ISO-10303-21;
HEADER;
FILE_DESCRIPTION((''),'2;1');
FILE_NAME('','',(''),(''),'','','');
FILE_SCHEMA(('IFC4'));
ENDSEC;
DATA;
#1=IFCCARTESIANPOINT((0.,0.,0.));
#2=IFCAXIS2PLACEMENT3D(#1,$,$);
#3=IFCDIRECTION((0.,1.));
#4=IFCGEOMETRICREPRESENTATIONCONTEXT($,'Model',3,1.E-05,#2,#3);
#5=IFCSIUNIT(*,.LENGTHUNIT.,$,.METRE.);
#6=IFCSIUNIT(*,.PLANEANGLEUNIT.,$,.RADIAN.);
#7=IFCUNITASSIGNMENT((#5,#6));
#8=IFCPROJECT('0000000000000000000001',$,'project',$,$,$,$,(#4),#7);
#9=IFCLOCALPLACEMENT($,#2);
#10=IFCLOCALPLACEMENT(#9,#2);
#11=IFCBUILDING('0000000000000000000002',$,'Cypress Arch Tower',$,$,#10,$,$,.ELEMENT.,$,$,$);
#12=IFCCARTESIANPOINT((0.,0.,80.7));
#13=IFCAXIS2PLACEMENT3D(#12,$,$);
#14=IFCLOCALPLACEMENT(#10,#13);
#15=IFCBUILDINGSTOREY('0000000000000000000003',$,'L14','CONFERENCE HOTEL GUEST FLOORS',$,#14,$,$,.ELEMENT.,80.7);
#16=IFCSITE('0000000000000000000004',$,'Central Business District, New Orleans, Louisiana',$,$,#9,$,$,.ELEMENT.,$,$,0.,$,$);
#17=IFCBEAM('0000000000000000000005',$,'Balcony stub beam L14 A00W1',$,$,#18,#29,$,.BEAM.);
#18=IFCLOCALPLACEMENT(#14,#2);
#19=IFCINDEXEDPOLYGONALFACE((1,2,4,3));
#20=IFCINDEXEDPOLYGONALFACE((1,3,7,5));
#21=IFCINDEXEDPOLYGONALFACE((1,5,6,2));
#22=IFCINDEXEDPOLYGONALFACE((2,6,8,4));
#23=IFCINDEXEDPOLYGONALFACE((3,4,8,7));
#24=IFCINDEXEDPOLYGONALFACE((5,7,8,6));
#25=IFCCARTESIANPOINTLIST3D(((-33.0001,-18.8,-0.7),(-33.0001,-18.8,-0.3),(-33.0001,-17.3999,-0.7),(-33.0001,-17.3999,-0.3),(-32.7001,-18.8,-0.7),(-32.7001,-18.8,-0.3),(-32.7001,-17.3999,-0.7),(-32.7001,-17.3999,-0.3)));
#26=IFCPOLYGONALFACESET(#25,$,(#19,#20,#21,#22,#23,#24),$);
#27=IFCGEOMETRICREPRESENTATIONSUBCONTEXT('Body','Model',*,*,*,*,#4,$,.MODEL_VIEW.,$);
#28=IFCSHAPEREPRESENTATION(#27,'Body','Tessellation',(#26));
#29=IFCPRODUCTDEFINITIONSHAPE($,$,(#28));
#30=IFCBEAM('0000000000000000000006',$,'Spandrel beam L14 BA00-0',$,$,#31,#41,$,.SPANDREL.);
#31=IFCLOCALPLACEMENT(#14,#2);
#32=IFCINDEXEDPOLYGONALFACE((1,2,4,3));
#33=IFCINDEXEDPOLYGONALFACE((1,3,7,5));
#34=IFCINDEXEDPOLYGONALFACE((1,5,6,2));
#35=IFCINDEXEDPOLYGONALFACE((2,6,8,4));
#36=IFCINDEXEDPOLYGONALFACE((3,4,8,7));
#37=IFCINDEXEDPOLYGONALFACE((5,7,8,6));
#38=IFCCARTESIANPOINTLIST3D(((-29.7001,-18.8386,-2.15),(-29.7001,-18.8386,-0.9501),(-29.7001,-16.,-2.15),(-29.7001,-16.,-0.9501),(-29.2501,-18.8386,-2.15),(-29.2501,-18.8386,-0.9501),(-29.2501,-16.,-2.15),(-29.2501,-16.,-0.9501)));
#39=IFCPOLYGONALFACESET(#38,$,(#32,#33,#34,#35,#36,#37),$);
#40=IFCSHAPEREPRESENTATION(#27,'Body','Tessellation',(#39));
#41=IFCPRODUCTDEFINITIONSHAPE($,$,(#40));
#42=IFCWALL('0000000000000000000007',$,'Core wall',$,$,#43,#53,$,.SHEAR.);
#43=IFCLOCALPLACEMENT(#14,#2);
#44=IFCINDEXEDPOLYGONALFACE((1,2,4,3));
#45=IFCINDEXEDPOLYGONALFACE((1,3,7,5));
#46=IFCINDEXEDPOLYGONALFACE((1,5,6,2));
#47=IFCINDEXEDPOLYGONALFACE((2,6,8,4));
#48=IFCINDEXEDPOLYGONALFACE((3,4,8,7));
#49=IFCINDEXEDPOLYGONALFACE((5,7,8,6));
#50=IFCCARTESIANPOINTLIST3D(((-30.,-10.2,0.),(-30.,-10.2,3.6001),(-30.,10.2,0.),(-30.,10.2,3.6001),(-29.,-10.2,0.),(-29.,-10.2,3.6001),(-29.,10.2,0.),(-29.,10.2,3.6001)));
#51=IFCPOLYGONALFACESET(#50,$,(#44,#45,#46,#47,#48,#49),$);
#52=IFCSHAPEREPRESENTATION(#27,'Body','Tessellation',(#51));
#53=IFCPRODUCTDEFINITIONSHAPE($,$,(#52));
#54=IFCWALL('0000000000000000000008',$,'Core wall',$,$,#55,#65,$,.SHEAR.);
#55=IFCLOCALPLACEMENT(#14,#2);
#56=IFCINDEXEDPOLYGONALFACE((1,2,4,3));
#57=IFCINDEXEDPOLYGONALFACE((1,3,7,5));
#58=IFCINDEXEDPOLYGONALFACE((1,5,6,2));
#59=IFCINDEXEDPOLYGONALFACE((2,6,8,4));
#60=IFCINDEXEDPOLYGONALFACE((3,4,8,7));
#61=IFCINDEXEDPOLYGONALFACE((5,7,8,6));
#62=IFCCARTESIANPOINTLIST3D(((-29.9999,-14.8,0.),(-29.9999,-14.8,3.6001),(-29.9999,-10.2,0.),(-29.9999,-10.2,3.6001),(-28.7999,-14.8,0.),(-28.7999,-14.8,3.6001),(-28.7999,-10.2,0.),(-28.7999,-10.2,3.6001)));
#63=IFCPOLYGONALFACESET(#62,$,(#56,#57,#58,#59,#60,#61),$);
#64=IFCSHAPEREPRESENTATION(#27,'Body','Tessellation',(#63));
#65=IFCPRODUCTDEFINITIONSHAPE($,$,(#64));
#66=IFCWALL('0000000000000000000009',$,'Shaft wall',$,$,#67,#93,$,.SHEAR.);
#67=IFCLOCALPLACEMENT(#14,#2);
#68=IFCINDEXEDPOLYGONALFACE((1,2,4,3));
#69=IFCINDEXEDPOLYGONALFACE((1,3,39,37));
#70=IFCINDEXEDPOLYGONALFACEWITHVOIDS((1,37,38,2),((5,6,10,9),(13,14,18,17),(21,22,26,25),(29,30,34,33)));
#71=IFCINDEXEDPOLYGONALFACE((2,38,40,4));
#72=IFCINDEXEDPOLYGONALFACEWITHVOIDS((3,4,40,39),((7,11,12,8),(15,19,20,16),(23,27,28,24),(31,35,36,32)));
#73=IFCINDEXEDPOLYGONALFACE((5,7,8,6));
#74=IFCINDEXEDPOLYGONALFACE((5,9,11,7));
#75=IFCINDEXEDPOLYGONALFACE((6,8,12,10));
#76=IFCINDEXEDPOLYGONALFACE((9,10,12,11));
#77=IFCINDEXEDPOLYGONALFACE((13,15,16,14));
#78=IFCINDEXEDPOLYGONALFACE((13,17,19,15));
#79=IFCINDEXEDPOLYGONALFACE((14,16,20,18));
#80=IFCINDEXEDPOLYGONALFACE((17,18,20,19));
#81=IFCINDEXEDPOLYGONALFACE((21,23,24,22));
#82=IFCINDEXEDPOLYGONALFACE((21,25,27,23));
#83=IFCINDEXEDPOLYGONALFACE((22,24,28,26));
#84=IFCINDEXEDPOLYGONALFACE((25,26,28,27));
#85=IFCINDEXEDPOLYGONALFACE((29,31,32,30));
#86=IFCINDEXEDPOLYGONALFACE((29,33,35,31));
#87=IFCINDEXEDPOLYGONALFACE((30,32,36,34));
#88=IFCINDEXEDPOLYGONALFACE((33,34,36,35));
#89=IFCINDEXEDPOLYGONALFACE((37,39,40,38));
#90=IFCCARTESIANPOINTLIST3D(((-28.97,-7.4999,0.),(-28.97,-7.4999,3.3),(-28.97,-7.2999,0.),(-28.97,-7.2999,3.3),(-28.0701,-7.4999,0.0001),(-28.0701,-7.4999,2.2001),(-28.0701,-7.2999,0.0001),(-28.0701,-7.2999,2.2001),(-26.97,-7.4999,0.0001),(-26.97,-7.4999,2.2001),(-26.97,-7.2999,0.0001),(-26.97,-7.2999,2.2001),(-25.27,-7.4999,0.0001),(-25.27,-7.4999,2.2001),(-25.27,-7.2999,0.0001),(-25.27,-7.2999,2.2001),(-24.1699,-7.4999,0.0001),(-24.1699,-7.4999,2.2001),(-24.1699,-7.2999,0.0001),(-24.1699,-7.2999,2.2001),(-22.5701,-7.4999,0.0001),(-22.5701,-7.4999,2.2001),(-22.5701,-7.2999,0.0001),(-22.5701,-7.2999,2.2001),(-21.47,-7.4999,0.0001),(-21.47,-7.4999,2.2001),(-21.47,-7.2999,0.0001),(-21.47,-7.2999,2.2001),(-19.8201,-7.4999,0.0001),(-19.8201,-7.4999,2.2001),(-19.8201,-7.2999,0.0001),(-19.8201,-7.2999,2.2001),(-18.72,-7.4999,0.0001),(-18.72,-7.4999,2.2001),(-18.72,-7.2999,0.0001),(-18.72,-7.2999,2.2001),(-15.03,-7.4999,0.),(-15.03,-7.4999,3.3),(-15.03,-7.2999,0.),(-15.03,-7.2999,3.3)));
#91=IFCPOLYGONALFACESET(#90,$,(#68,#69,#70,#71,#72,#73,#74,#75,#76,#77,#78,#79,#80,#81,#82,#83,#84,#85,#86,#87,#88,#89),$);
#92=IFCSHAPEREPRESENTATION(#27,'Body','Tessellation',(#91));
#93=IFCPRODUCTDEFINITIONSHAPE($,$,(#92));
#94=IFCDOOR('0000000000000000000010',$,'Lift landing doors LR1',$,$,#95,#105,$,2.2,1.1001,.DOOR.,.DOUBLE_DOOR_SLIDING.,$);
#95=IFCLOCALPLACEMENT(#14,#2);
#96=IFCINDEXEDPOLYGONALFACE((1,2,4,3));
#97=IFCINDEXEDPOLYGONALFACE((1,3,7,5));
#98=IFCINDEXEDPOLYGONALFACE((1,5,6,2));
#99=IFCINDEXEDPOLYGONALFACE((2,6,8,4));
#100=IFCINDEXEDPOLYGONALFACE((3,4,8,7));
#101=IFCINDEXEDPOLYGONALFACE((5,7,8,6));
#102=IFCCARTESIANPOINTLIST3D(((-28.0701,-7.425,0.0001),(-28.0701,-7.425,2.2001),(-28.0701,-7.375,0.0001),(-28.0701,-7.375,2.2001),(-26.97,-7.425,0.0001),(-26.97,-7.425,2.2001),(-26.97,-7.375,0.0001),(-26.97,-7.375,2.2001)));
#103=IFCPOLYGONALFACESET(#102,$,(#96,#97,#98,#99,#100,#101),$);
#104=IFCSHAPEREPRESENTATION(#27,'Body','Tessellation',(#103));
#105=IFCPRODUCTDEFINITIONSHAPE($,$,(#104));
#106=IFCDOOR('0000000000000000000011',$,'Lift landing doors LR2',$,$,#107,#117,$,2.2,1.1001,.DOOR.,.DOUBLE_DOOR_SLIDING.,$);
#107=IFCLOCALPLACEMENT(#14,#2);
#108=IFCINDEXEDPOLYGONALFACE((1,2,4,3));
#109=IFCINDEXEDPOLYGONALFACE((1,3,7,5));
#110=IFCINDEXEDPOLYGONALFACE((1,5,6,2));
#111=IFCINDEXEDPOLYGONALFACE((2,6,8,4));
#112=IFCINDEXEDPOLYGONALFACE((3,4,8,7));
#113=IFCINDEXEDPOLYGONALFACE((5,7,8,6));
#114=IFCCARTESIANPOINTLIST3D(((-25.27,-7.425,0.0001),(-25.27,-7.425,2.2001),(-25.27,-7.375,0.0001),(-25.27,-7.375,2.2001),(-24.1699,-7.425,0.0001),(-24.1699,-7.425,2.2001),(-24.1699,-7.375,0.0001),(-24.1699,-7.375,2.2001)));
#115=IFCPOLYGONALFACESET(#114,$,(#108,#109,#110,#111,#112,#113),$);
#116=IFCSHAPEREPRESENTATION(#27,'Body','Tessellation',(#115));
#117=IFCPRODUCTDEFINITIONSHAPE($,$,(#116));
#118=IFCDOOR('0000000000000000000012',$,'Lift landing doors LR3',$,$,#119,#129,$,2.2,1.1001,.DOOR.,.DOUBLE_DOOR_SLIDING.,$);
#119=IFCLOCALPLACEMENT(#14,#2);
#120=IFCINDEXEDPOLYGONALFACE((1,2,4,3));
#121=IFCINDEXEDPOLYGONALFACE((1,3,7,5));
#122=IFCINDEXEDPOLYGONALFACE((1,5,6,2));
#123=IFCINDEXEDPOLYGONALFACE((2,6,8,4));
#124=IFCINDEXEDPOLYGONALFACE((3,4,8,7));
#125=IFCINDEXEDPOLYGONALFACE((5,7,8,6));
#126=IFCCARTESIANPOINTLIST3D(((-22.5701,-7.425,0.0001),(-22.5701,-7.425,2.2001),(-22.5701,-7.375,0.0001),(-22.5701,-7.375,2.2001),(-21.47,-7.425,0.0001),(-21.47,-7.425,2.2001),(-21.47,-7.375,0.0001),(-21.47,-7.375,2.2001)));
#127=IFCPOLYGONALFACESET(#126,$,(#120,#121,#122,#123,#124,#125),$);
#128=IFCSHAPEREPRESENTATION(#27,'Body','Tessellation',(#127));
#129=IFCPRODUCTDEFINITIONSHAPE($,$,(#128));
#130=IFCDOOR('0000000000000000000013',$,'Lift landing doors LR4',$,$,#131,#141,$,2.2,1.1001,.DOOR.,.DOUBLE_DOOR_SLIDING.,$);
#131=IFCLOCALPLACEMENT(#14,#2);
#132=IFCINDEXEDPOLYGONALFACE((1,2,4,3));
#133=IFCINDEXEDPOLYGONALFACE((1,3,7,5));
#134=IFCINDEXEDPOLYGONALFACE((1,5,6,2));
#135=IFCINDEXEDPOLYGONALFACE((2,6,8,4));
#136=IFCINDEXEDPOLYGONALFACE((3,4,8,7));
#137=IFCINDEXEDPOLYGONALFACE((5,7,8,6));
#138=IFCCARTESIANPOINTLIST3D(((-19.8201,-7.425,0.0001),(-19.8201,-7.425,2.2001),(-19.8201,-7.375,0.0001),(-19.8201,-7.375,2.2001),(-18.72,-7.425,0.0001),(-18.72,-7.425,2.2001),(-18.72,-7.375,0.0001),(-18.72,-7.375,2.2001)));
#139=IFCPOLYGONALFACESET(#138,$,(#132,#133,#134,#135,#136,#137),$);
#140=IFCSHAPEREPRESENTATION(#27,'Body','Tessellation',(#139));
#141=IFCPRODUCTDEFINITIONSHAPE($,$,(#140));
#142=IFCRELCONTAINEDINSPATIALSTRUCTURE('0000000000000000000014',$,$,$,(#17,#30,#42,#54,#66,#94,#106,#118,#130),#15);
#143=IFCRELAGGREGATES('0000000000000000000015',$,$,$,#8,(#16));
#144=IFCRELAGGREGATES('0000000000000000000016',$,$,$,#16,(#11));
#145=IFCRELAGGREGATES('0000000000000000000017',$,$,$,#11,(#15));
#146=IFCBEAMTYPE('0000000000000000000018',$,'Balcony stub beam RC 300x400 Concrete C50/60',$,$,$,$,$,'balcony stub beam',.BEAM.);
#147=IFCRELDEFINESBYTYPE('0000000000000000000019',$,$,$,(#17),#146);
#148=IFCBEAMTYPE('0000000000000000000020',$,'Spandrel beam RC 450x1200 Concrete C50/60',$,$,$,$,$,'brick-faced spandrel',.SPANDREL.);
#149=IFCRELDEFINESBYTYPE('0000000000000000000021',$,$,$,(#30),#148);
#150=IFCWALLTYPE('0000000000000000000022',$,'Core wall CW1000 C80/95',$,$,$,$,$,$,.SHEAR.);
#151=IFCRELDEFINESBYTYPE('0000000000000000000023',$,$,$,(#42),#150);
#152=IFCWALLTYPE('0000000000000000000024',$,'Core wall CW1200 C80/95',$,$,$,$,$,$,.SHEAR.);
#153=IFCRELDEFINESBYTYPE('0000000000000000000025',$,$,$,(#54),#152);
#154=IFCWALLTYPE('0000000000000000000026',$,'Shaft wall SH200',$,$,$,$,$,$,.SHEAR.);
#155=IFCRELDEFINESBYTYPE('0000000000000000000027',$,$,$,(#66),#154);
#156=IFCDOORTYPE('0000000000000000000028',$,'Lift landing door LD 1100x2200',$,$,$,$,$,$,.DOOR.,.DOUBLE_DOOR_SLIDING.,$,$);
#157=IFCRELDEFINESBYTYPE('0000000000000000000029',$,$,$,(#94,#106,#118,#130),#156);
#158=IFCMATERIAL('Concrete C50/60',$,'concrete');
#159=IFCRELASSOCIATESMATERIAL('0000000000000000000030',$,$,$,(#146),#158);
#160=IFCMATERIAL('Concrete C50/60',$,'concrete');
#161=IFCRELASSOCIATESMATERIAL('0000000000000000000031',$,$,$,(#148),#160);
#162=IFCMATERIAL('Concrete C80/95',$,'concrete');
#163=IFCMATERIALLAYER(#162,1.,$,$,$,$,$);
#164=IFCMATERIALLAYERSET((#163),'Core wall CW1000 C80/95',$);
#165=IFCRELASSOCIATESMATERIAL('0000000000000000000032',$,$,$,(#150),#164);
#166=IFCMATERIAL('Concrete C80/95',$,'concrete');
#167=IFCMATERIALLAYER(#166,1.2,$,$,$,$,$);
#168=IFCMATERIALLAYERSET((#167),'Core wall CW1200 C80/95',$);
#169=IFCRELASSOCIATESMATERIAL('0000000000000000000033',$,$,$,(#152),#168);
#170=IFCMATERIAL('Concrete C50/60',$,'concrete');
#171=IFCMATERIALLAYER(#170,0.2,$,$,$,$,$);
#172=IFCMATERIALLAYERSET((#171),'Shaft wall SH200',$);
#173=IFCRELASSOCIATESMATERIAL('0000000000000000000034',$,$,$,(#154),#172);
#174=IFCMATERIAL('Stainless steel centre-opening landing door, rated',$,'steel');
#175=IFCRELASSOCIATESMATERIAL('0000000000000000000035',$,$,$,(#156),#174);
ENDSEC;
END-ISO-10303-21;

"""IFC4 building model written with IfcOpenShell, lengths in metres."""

from ifc_helpers import new_model, si_unit, direction, frame, frame_2d, origin, origin_2d, place, context, subcontext, project, spatial, rectangle, extrude, material, layer, layer_set, material_profile, profile_set, type_object, element, fill, save


model = new_model("IFC4")

# Units and contexts
model_context = context("Model", 3, precision=1e-05, world=origin(), true_north=direction((0.0, 1.0)))
body_context = subcontext(model_context, "Body", "Model", "MODEL_VIEW")
ifc_project = project(units=[si_unit("LENGTHUNIT", "METRE"), si_unit("PLANEANGLEUNIT", "RADIAN")], contexts=[model_context])

# Site, building, storey
site_placement = place(None, origin())
site = spatial("IfcSite", under=ifc_project, at=site_placement, Name="Central Business District, New Orleans, Louisiana", CompositionType="ELEMENT", RefElevation=0.0)
building_placement = place(site_placement, origin())
building = spatial("IfcBuilding", under=site, at=building_placement, Name="Cypress Arch Tower", CompositionType="ELEMENT")
storey_placement = place(building_placement, frame((0.0, 0.0, 80.7)))
storey = spatial("IfcBuildingStorey", under=building, at=storey_placement, Name="L14", Description="CONFERENCE HOTEL GUEST FLOORS", CompositionType="ELEMENT", Elevation=80.7)

# Beams
ifc_material_1 = material(Name="Concrete C50/60", Category="concrete")
ifc_material_profile_1 = material_profile(ifc_material_1, rectangle(XDim=0.3, YDim=0.3999, at=origin_2d()), Name="RC 300x400")
ifc_profile_set_1 = profile_set([ifc_material_profile_1], Name="Concrete C50/60")
beam_type_1 = type_object("IfcBeamType", Name="Balcony stub beam RC 300x400 Concrete C50/60", ElementType="balcony stub beam", PredefinedType="BEAM", material=ifc_profile_set_1)
beam_1_placement = place(storey_placement, frame((-32.8501, -17.3999, -0.5), z_axis=(0.0, -1.0, 0.0), x_axis=(1.0, 0.0, 0.0)))
element("IfcBeam", 1, at=beam_1_placement, inside=storey, type_object=beam_type_1, Name="Balcony stub beam L14 A00W1", PredefinedType="BEAM", context=body_context, shape_type="SweptSolid", body=[
    extrude(rectangle(XDim=0.3, YDim=0.3999, at=origin_2d()), origin(), (0.0, 0.0, 1.0), 1.4001),
])
ifc_material_2 = material(Name="Concrete C50/60", Category="concrete")
ifc_material_profile_2 = material_profile(ifc_material_2, rectangle(XDim=0.45, YDim=1.2, at=origin_2d()), Name="RC 450x1200")
ifc_profile_set_2 = profile_set([ifc_material_profile_2], Name="Concrete C50/60")
beam_type_2 = type_object("IfcBeamType", Name="Spandrel beam RC 450x1200 Concrete C50/60", ElementType="brick-faced spandrel", PredefinedType="SPANDREL", material=ifc_profile_set_2)
beam_2_placement = place(storey_placement, frame((-29.4751, -16.0, -1.55), z_axis=(0.0, -1.0, 0.0), x_axis=(1.0, 0.0, 0.0)))
element("IfcBeam", 2, at=beam_2_placement, inside=storey, type_object=beam_type_2, Name="Spandrel beam L14 BA00-0", PredefinedType="SPANDREL", context=body_context, shape_type="SweptSolid", body=[
    extrude(rectangle(XDim=0.45, YDim=1.2, at=origin_2d()), origin(), (0.0, 0.0, 1.0), 2.8386),
])

# Wall
ifc_material_3 = material(Name="Concrete C80/95", Category="concrete")
ifc_layer_1 = layer(ifc_material_3, 1.0)
ifc_layer_set_1 = layer_set([ifc_layer_1], Name="Core wall CW1000 C80/95")
wall_type_1 = type_object("IfcWallType", Name="Core wall CW1000 C80/95", PredefinedType="SHEAR", material=ifc_layer_set_1)
wall_1_placement = place(storey_placement, frame((-29.5, -10.2, 0.0), z_axis=(0.0, 0.0, 1.0), x_axis=(0.0, 1.0, 0.0)))
element("IfcWall", 3, at=wall_1_placement, inside=storey, type_object=wall_type_1, Name="Core wall", PredefinedType="SHEAR", context=body_context, shape_type="SweptSolid", body=[
    extrude(rectangle(XDim=20.3999, YDim=1.0, at=frame_2d((10.2, 0.0))), origin(), (0.0, 0.0, 1.0), 3.6001),
])

# Shared definitions
ifc_material_4 = material(Name="Concrete C80/95", Category="concrete")
ifc_layer_2 = layer(ifc_material_4, 1.2)
ifc_layer_set_2 = layer_set([ifc_layer_2], Name="Core wall CW1200 C80/95")
wall_type_2 = type_object("IfcWallType", Name="Core wall CW1200 C80/95", PredefinedType="SHEAR", material=ifc_layer_set_2)

# Wall
wall_2_placement = place(storey_placement, frame((-29.3999, -14.8, 0.0), z_axis=(0.0, 0.0, 1.0), x_axis=(0.0, 1.0, 0.0)))
element("IfcWall", 4, at=wall_2_placement, inside=storey, type_object=wall_type_2, Name="Core wall", PredefinedType="SHEAR", context=body_context, shape_type="SweptSolid", body=[
    extrude(rectangle(XDim=4.6001, YDim=1.2, at=frame_2d((2.3, 0.0))), origin(), (0.0, 0.0, 1.0), 3.6001),
])

# Wall, openings, doors
ifc_material_5 = material(Name="Concrete C50/60", Category="concrete")
ifc_layer_3 = layer(ifc_material_5, 0.2)
ifc_layer_set_3 = layer_set([ifc_layer_3], Name="Shaft wall SH200")
wall_type_3 = type_object("IfcWallType", Name="Shaft wall SH200", PredefinedType="SHEAR", material=ifc_layer_set_3)
wall_3_placement = place(storey_placement, frame((-28.97, -7.3999, 0.0), z_axis=(0.0, 0.0, 1.0), x_axis=(1.0, 0.0, 0.0)))
wall_3 = element("IfcWall", 5, at=wall_3_placement, inside=storey, type_object=wall_type_3, Name="Shaft wall", PredefinedType="SHEAR", context=body_context, shape_type="SweptSolid", body=[
    extrude(rectangle(XDim=13.9399, YDim=0.2, at=frame_2d((6.97, 0.0))), origin(), (0.0, 0.0, 1.0), 3.3),
])
opening_1_placement = place(wall_3_placement, frame((0.8999, 0.0, 0.0)))
opening_1 = element("IfcOpeningElement", 6, at=opening_1_placement, cuts=wall_3, PredefinedType="OPENING", context=body_context, shape_type="SweptSolid", body=[
    extrude(rectangle(XDim=1.1001, YDim=2.2, at=frame_2d((0.55, 1.1001))), frame((0.0, 0.1099, 0.0), z_axis=(0.0, -1.0, 0.0), x_axis=(1.0, 0.0, 0.0)), (0.0, 0.0, 1.0), 0.22),
])
opening_2_placement = place(wall_3_placement, frame((3.7, 0.0, 0.0)))
opening_2 = element("IfcOpeningElement", 7, at=opening_2_placement, cuts=wall_3, PredefinedType="OPENING", context=body_context, shape_type="SweptSolid", body=[
    extrude(rectangle(XDim=1.1001, YDim=2.2, at=frame_2d((0.55, 1.1001))), frame((0.0, 0.1099, 0.0), z_axis=(0.0, -1.0, 0.0), x_axis=(1.0, 0.0, 0.0)), (0.0, 0.0, 1.0), 0.22),
])
opening_3_placement = place(wall_3_placement, frame((6.3999, 0.0, 0.0)))
opening_3 = element("IfcOpeningElement", 8, at=opening_3_placement, cuts=wall_3, PredefinedType="OPENING", context=body_context, shape_type="SweptSolid", body=[
    extrude(rectangle(XDim=1.1001, YDim=2.2, at=frame_2d((0.55, 1.1001))), frame((0.0, 0.1099, 0.0), z_axis=(0.0, -1.0, 0.0), x_axis=(1.0, 0.0, 0.0)), (0.0, 0.0, 1.0), 0.22),
])
opening_4_placement = place(wall_3_placement, frame((9.1499, 0.0, 0.0)))
opening_4 = element("IfcOpeningElement", 9, at=opening_4_placement, cuts=wall_3, PredefinedType="OPENING", context=body_context, shape_type="SweptSolid", body=[
    extrude(rectangle(XDim=1.1001, YDim=2.2, at=frame_2d((0.55, 1.1001))), frame((0.0, 0.1099, 0.0), z_axis=(0.0, -1.0, 0.0), x_axis=(1.0, 0.0, 0.0)), (0.0, 0.0, 1.0), 0.22),
])
ifc_material_6 = material(Name="Stainless steel centre-opening landing door, rated", Category="steel")
door_type_1 = type_object("IfcDoorType", Name="Lift landing door LD 1100x2200", OperationType="DOUBLE_DOOR_SLIDING", PredefinedType="DOOR", material=ifc_material_6)
door_1_placement = place(opening_1_placement, origin())
door_1 = element("IfcDoor", 10, at=door_1_placement, inside=storey, type_object=door_type_1, Name="Lift landing doors LR1", OperationType="DOUBLE_DOOR_SLIDING", OverallHeight=2.2, OverallWidth=1.1001, PredefinedType="DOOR", context=body_context, shape_type="SweptSolid", body=[
    extrude(rectangle(XDim=1.1001, YDim=2.2, at=frame_2d((0.55, 1.1001))), frame((0.0, 0.0249, 0.0), z_axis=(0.0, -1.0, 0.0), x_axis=(1.0, 0.0, 0.0)), (0.0, 0.0, 1.0), 0.05),
])
fill(opening_1, door_1)
door_2_placement = place(opening_2_placement, origin())
door_2 = element("IfcDoor", 11, at=door_2_placement, inside=storey, type_object=door_type_1, Name="Lift landing doors LR2", OperationType="DOUBLE_DOOR_SLIDING", OverallHeight=2.2, OverallWidth=1.1001, PredefinedType="DOOR", context=body_context, shape_type="SweptSolid", body=[
    extrude(rectangle(XDim=1.1001, YDim=2.2, at=frame_2d((0.55, 1.1001))), frame((0.0, 0.0249, 0.0), z_axis=(0.0, -1.0, 0.0), x_axis=(1.0, 0.0, 0.0)), (0.0, 0.0, 1.0), 0.05),
])
fill(opening_2, door_2)
door_3_placement = place(opening_3_placement, origin())
door_3 = element("IfcDoor", 12, at=door_3_placement, inside=storey, type_object=door_type_1, Name="Lift landing doors LR3", OperationType="DOUBLE_DOOR_SLIDING", OverallHeight=2.2, OverallWidth=1.1001, PredefinedType="DOOR", context=body_context, shape_type="SweptSolid", body=[
    extrude(rectangle(XDim=1.1001, YDim=2.2, at=frame_2d((0.55, 1.1001))), frame((0.0, 0.0249, 0.0), z_axis=(0.0, -1.0, 0.0), x_axis=(1.0, 0.0, 0.0)), (0.0, 0.0, 1.0), 0.05),
])
fill(opening_3, door_3)
door_4_placement = place(opening_4_placement, origin())
door_4 = element("IfcDoor", 13, at=door_4_placement, inside=storey, type_object=door_type_1, Name="Lift landing doors LR4", OperationType="DOUBLE_DOOR_SLIDING", OverallHeight=2.2, OverallWidth=1.1001, PredefinedType="DOOR", context=body_context, shape_type="SweptSolid", body=[
    extrude(rectangle(XDim=1.1001, YDim=2.2, at=frame_2d((0.55, 1.1001))), frame((0.0, 0.0249, 0.0), z_axis=(0.0, -1.0, 0.0), x_axis=(1.0, 0.0, 0.0)), (0.0, 0.0, 1.0), 0.05),
])
fill(opening_4, door_4)

save(model, "model.ifc")
